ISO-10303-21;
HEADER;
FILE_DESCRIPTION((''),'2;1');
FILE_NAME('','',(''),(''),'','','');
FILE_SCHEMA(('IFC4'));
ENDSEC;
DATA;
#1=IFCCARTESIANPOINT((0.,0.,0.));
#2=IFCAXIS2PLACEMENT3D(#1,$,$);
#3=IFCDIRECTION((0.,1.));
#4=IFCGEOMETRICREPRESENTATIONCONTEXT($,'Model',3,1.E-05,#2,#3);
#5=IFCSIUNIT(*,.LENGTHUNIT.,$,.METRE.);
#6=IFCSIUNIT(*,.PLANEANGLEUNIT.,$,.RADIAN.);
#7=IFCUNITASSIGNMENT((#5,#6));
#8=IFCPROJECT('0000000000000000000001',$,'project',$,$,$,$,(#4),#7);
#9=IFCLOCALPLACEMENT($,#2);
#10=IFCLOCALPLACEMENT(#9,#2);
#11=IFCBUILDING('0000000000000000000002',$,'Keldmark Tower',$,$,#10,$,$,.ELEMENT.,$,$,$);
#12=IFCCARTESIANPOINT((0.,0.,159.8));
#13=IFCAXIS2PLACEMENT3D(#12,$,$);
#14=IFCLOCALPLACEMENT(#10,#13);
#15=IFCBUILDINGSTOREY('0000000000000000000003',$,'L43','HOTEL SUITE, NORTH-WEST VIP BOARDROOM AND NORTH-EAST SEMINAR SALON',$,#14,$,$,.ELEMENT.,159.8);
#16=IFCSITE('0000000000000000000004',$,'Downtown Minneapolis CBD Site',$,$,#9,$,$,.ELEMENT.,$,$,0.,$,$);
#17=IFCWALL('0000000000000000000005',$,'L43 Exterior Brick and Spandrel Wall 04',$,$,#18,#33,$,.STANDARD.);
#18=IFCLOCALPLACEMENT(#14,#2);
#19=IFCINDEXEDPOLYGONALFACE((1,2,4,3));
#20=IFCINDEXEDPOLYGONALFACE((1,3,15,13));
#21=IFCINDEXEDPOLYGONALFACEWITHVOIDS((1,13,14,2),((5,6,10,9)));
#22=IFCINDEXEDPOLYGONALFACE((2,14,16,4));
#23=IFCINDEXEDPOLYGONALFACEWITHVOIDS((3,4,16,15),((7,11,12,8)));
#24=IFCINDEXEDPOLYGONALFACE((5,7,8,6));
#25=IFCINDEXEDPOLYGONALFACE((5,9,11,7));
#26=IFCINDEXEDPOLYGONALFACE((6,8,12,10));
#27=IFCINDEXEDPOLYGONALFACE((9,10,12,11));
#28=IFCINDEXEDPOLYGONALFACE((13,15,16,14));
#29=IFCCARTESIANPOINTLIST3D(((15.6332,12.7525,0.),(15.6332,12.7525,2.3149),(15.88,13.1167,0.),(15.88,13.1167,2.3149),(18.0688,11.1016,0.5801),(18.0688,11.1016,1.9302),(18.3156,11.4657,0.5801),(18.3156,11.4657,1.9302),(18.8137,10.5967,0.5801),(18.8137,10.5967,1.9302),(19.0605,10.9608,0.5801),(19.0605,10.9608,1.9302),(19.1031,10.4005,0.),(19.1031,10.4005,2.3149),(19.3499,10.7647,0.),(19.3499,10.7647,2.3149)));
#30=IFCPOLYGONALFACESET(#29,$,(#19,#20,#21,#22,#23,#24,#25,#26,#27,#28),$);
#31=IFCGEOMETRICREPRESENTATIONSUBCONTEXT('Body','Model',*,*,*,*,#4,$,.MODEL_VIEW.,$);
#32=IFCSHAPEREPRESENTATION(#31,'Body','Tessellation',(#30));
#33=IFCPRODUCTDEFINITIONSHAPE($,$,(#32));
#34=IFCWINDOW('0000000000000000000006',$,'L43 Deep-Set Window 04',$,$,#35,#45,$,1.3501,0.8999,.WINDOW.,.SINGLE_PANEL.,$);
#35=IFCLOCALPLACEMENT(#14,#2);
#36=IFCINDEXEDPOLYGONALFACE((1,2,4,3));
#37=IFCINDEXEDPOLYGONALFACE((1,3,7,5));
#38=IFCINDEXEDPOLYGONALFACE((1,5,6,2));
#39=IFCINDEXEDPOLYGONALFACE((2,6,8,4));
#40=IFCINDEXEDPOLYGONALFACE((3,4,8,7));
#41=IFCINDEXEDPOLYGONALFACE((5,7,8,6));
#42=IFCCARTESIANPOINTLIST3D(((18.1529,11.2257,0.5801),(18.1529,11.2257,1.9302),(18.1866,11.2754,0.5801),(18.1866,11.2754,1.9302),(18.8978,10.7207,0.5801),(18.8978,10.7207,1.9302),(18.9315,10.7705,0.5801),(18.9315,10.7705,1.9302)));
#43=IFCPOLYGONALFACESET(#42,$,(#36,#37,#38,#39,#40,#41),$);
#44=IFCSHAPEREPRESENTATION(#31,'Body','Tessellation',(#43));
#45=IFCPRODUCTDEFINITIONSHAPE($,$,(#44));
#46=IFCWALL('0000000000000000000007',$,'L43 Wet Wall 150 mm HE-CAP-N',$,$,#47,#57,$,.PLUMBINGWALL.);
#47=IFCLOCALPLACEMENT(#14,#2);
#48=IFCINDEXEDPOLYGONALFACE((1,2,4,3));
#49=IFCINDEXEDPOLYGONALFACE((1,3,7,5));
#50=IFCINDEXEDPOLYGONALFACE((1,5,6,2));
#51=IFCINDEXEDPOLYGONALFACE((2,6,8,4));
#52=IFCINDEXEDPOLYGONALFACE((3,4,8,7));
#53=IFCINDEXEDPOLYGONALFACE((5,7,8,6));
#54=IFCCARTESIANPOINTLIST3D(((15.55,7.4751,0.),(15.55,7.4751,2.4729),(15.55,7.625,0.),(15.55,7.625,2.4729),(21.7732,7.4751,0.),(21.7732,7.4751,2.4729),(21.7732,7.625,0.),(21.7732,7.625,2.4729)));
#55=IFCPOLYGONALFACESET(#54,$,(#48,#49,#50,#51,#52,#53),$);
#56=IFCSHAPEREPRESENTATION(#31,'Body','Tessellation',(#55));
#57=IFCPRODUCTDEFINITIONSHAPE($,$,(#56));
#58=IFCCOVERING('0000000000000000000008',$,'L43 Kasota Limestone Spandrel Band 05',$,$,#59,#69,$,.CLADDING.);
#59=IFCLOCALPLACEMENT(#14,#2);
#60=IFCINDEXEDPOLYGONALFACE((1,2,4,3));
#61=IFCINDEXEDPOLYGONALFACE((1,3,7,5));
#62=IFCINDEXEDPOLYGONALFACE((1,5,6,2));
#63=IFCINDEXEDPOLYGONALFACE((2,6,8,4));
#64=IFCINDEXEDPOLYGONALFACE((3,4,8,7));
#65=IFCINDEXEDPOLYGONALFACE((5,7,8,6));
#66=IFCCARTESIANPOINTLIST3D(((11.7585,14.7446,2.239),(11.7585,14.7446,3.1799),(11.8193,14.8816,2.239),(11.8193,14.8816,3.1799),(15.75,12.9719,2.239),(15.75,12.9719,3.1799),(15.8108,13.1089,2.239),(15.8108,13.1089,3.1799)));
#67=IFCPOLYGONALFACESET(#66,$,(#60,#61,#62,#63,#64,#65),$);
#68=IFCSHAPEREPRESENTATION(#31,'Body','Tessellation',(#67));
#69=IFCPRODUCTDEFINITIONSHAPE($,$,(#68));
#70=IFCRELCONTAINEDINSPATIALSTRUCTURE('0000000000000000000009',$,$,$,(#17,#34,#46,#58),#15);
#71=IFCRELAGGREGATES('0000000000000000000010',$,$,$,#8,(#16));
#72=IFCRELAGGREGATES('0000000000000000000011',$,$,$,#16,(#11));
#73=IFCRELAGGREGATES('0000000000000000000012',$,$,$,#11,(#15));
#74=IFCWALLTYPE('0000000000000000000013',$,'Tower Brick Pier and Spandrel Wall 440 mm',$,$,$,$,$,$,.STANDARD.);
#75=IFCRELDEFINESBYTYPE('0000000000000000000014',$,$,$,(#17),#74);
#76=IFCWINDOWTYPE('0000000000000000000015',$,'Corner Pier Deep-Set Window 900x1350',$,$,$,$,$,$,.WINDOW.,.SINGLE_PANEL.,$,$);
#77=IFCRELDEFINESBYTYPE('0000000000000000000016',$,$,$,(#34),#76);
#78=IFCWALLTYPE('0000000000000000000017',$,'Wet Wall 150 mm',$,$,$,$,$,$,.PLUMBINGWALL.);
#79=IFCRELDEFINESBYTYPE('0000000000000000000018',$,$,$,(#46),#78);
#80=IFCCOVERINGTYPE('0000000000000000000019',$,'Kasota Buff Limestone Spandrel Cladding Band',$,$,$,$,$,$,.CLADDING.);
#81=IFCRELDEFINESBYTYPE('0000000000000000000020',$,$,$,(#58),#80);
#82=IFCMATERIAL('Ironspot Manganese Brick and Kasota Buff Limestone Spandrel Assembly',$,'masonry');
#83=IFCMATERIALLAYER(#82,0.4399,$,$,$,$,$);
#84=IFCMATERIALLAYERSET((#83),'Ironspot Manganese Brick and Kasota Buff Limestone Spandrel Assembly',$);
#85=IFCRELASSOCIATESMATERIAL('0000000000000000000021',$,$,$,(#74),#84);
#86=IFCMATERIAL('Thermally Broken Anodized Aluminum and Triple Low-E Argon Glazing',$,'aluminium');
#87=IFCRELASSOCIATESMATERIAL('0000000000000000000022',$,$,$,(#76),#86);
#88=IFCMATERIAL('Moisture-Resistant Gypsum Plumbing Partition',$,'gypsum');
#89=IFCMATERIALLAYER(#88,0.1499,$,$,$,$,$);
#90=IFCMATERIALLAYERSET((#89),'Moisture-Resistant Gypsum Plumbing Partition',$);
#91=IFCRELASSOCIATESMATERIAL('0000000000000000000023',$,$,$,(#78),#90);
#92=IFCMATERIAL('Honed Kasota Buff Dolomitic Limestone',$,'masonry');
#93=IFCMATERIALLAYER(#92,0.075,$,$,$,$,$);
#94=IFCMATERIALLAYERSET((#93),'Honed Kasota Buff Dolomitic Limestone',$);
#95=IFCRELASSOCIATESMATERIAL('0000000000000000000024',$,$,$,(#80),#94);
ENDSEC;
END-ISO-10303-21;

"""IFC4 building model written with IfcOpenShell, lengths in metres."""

from ifc_helpers import new_model, si_unit, direction, frame, frame_2d, origin, origin_2d, place, context, subcontext, project, spatial, rectangle, extrude, material, layer, layer_set, type_object, element, fill, save


model = new_model("IFC4")

# Units and contexts
model_context = context("Model", 3, precision=1e-05, world=origin(), true_north=direction((0.0, 1.0)))
body_context = subcontext(model_context, "Body", "Model", "MODEL_VIEW")
ifc_project = project(units=[si_unit("LENGTHUNIT", "METRE"), si_unit("PLANEANGLEUNIT", "RADIAN")], contexts=[model_context])

# Site, building, storey
site_placement = place(None, origin())
site = spatial("IfcSite", under=ifc_project, at=site_placement, Name="Downtown Minneapolis CBD Site", CompositionType="ELEMENT", RefElevation=0.0)
building_placement = place(site_placement, origin())
building = spatial("IfcBuilding", under=site, at=building_placement, Name="Keldmark Tower", CompositionType="ELEMENT")
storey_placement = place(building_placement, frame((0.0, 0.0, 159.8)))
storey = spatial("IfcBuildingStorey", under=building, at=storey_placement, Name="L43", Description="HOTEL SUITE, NORTH-WEST VIP BOARDROOM AND NORTH-EAST SEMINAR SALON", CompositionType="ELEMENT", Elevation=159.8)

# Wall, opening, window
ifc_material_1 = material(Name="Ironspot Manganese Brick and Kasota Buff Limestone Spandrel Assembly", Category="masonry")
ifc_layer_1 = layer(ifc_material_1, 0.4399)
ifc_layer_set_1 = layer_set([ifc_layer_1], Name="Ironspot Manganese Brick and Kasota Buff Limestone Spandrel Assembly")
wall_type_1 = type_object("IfcWallType", Name="Tower Brick Pier and Spandrel Wall 440 mm", PredefinedType="STANDARD", material=ifc_layer_set_1)
ifc_material_2 = material(Name="Thermally Broken Anodized Aluminum and Triple Low-E Argon Glazing", Category="aluminium")
window_type = type_object("IfcWindowType", Name="Corner Pier Deep-Set Window 900x1350", PartitioningType="SINGLE_PANEL", PredefinedType="WINDOW", material=ifc_material_2)
wall_1_placement = place(storey_placement, frame((15.7566, 12.9346, 0.0), z_axis=(0.0, 0.0, 1.0), x_axis=(0.827761, -0.561081, 0.0)))
wall_1 = element("IfcWall", 1, at=wall_1_placement, inside=storey, type_object=wall_type_1, Name="L43 Exterior Brick and Spandrel Wall 04", PredefinedType="STANDARD", context=body_context, shape_type="SweptSolid", body=[
    extrude(rectangle(XDim=4.1919, YDim=0.4399, at=frame_2d((2.0959, 0.0))), origin(), (0.0, 0.0, 1.0), 2.3149),
])
opening_1_placement = place(wall_1_placement, frame((2.9424, 0.0, 0.5801)))
opening_1 = element("IfcOpeningElement", 2, at=opening_1_placement, cuts=wall_1, PredefinedType="OPENING", context=body_context, shape_type="SweptSolid", body=[
    extrude(rectangle(XDim=0.8999, YDim=1.3501, at=frame_2d((0.45, 0.675))), frame((0.0, 0.23, 0.0), z_axis=(0.0, -1.0, 0.0), x_axis=(1.0, 0.0, 0.0)), (0.0, 0.0, 1.0), 0.46),
])
window_1_placement = place(opening_1_placement, origin())
window_1 = element("IfcWindow", 3, at=window_1_placement, inside=storey, type_object=window_type, Name="L43 Deep-Set Window 04", OverallHeight=1.3501, OverallWidth=0.8999, PartitioningType="SINGLE_PANEL", PredefinedType="WINDOW", context=body_context, shape_type="SweptSolid", body=[
    extrude(rectangle(XDim=0.8999, YDim=1.3501, at=frame_2d((0.45, 0.675))), frame((0.0, -0.01, 0.0), z_axis=(0.0, -1.0, 0.0), x_axis=(1.0, 0.0, 0.0)), (0.0, 0.0, 1.0), 0.0601),
])
fill(opening_1, window_1)

# Wall
ifc_material_3 = material(Name="Moisture-Resistant Gypsum Plumbing Partition", Category="gypsum")
ifc_layer_2 = layer(ifc_material_3, 0.1499)
ifc_layer_set_2 = layer_set([ifc_layer_2], Name="Moisture-Resistant Gypsum Plumbing Partition")
wall_type_2 = type_object("IfcWallType", Name="Wet Wall 150 mm", PredefinedType="PLUMBINGWALL", material=ifc_layer_set_2)
wall_2_placement = place(storey_placement, frame((15.55, 7.55, 0.0), z_axis=(0.0, 0.0, 1.0), x_axis=(1.0, 0.0, 0.0)))
element("IfcWall", 4, at=wall_2_placement, inside=storey, type_object=wall_type_2, Name="L43 Wet Wall 150 mm HE-CAP-N", PredefinedType="PLUMBINGWALL", context=body_context, shape_type="SweptSolid", body=[
    extrude(rectangle(XDim=6.2231, YDim=0.1499, at=frame_2d((3.1116, 0.0))), origin(), (0.0, 0.0, 1.0), 2.4729),
])

# Covering
ifc_material_4 = material(Name="Honed Kasota Buff Dolomitic Limestone", Category="masonry")
ifc_layer_3 = layer(ifc_material_4, 0.075)
ifc_layer_set_3 = layer_set([ifc_layer_3], Name="Honed Kasota Buff Dolomitic Limestone")
covering_type = type_object("IfcCoveringType", Name="Kasota Buff Limestone Spandrel Cladding Band", PredefinedType="CLADDING", material=ifc_layer_set_3)
covering_placement = place(storey_placement, frame((13.7847, 13.9268, 2.239), z_axis=(0.0, 0.0, 1.0), x_axis=(-0.913921, 0.405891, 0.0)))
element("IfcCovering", 5, at=covering_placement, inside=storey, type_object=covering_type, Name="L43 Kasota Limestone Spandrel Band 05", PredefinedType="CLADDING", context=body_context, shape_type="SweptSolid", body=[
    extrude(rectangle(XDim=4.3674, YDim=0.1499, at=origin_2d()), origin(), (0.0, 0.0, 1.0), 0.9409),
])

save(model, "model.ifc")
